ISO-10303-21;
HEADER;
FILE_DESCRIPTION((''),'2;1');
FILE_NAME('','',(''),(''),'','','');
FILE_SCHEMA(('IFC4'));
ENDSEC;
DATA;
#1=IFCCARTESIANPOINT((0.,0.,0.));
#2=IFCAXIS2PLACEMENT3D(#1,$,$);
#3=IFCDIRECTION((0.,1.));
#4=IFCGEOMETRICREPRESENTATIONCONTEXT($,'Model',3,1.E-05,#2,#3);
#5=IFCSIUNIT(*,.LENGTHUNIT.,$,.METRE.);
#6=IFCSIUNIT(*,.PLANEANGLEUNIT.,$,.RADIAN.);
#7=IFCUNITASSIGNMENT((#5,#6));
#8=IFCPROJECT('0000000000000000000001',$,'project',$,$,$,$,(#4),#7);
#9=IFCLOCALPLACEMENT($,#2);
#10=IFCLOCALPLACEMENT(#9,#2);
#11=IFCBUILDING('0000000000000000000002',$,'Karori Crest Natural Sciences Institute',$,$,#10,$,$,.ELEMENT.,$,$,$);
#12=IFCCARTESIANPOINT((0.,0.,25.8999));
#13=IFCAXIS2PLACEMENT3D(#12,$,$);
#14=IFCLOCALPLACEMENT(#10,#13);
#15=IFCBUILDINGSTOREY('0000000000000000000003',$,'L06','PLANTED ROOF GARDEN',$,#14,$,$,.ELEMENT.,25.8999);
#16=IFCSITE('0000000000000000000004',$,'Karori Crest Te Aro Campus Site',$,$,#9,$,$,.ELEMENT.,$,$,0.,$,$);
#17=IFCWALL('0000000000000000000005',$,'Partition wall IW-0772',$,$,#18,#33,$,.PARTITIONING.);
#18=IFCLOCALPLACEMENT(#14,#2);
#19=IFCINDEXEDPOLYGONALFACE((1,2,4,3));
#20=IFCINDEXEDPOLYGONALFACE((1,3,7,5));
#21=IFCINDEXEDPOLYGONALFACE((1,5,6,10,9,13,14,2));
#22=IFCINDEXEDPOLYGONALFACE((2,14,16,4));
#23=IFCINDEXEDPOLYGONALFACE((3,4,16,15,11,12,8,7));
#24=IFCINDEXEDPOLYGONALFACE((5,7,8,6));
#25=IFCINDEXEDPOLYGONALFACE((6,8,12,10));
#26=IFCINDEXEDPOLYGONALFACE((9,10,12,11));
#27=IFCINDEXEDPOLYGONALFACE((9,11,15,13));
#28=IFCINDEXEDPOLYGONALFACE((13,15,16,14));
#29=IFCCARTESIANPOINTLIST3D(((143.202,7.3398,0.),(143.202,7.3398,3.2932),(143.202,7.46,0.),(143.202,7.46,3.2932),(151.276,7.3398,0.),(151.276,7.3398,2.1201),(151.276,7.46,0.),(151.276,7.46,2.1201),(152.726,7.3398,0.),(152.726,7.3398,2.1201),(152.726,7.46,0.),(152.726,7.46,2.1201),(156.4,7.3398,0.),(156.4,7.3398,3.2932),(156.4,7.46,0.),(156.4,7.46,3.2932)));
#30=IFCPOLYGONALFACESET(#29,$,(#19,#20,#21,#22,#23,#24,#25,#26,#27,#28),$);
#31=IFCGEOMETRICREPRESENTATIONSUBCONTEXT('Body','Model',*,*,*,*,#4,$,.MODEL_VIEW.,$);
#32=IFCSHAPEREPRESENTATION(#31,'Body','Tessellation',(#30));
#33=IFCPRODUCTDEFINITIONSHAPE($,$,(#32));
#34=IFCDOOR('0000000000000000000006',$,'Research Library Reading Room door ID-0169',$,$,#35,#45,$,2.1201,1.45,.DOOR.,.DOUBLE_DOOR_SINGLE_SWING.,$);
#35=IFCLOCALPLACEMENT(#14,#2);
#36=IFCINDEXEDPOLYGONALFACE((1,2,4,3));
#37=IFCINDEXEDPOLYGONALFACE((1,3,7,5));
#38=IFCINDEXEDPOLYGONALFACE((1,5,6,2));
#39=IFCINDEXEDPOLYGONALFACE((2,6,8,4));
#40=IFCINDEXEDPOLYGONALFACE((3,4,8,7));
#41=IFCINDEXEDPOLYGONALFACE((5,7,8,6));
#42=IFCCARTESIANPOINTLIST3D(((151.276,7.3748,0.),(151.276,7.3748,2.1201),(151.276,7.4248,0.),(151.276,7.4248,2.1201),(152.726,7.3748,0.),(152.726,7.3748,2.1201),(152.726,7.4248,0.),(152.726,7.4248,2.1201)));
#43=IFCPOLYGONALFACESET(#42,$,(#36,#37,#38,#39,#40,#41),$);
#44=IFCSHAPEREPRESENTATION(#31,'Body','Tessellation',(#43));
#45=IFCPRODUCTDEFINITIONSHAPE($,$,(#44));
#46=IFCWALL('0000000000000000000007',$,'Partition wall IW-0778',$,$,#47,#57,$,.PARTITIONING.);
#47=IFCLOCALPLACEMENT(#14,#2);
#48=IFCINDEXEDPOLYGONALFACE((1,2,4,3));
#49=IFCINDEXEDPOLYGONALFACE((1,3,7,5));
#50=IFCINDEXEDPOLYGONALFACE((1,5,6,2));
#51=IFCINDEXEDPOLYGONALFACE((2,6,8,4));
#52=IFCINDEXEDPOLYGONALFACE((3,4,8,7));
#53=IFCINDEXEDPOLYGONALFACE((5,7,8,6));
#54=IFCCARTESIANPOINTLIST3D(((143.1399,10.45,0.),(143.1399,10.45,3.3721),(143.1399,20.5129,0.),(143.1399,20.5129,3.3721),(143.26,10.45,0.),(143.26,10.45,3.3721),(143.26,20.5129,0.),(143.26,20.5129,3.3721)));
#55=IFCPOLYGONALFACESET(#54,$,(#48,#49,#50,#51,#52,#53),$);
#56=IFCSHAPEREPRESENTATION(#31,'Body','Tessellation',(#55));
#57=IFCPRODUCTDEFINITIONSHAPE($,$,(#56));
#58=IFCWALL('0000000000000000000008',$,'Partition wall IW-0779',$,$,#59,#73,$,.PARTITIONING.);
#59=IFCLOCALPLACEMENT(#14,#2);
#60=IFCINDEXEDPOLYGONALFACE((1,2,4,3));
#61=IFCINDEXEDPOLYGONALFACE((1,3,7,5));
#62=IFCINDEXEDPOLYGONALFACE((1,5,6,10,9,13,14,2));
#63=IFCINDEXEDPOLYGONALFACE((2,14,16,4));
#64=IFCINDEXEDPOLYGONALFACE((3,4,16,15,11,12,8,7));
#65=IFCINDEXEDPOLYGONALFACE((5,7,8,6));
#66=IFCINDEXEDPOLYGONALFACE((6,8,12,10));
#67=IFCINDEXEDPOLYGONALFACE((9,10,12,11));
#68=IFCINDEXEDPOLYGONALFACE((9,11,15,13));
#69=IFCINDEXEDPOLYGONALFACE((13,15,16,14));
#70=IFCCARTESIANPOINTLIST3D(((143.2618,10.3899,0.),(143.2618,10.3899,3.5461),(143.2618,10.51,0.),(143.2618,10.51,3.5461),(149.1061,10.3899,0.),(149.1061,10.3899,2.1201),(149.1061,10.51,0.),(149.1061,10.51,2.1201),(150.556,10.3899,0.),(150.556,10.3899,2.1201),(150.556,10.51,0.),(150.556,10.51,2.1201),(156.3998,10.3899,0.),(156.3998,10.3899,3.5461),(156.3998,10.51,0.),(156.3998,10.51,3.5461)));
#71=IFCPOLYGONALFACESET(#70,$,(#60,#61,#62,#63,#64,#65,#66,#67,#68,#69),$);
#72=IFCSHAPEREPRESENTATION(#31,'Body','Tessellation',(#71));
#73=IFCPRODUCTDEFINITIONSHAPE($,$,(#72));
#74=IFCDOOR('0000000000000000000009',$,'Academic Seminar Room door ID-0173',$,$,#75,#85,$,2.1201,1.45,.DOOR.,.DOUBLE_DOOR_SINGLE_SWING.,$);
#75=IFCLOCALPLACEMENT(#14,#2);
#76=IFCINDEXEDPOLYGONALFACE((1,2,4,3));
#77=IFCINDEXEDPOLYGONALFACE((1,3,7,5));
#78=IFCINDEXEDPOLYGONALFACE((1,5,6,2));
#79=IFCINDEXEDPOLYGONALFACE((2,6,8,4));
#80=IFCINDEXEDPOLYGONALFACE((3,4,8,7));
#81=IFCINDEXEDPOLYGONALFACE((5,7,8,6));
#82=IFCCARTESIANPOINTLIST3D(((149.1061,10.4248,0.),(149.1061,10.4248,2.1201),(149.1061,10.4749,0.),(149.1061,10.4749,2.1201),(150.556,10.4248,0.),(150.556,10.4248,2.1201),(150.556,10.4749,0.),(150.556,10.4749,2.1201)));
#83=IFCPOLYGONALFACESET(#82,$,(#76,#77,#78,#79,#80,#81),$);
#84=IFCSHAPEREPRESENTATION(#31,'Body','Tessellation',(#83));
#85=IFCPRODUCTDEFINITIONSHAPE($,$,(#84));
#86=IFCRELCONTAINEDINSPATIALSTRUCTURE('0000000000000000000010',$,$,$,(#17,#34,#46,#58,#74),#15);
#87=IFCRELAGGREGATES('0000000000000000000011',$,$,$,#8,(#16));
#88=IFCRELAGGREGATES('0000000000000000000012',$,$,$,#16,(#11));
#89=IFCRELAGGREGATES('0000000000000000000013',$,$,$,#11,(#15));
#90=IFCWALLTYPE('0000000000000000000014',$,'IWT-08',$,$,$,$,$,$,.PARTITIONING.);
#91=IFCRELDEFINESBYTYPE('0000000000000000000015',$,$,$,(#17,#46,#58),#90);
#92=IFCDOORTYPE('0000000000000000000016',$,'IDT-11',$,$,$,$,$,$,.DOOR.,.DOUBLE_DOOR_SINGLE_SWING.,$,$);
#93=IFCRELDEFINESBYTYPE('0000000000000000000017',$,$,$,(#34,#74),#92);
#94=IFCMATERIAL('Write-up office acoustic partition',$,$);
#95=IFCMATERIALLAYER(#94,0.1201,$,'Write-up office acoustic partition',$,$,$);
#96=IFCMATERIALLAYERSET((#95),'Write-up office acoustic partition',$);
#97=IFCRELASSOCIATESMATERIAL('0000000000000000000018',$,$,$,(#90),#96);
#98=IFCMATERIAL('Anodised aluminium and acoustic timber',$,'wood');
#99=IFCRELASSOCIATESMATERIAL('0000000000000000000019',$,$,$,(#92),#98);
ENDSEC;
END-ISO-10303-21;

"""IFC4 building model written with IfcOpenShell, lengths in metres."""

from ifc_helpers import new_model, si_unit, direction, frame, frame_2d, origin, place, context, subcontext, project, spatial, rectangle, extrude, material, layer, layer_set, type_object, element, fill, save


model = new_model("IFC4")

# Units and contexts
model_context = context("Model", 3, precision=1e-05, world=origin(), true_north=direction((0.0, 1.0)))
body_context = subcontext(model_context, "Body", "Model", "MODEL_VIEW")
ifc_project = project(units=[si_unit("LENGTHUNIT", "METRE"), si_unit("PLANEANGLEUNIT", "RADIAN")], contexts=[model_context])

# Site, building, storey
site_placement = place(None, origin())
site = spatial("IfcSite", under=ifc_project, at=site_placement, Name="Karori Crest Te Aro Campus Site", CompositionType="ELEMENT", RefElevation=0.0)
building_placement = place(site_placement, origin())
building = spatial("IfcBuilding", under=site, at=building_placement, Name="Karori Crest Natural Sciences Institute", CompositionType="ELEMENT")
storey_placement = place(building_placement, frame((0.0, 0.0, 25.8999)))
storey = spatial("IfcBuildingStorey", under=building, at=storey_placement, Name="L06", Description="PLANTED ROOF GARDEN", CompositionType="ELEMENT", Elevation=25.8999)

# Shared definitions
ifc_material_1 = material(Name="Write-up office acoustic partition")
ifc_layer_1 = layer(ifc_material_1, 0.1201, Name="Write-up office acoustic partition")
ifc_layer_set_1 = layer_set([ifc_layer_1], Name="Write-up office acoustic partition")
wall_type_1 = type_object("IfcWallType", Name="IWT-08", PredefinedType="PARTITIONING", material=ifc_layer_set_1)
ifc_material_2 = material(Name="Anodised aluminium and acoustic timber", Category="wood")

# Wall, opening, door
wall_1_placement = place(storey_placement, frame((143.2019, 7.3999, 0.0), z_axis=(0.0, 0.0, 1.0), x_axis=(1.0, 0.0, 0.0)))
wall_1 = element("IfcWall", 1, at=wall_1_placement, inside=storey, type_object=wall_type_1, Name="Partition wall IW-0772", PredefinedType="PARTITIONING", context=body_context, shape_type="SweptSolid", body=[
    extrude(rectangle(XDim=13.198, YDim=0.1201, at=frame_2d((6.5991, 0.0))), origin(), (0.0, 0.0, 1.0), 3.2932),
])
opening_1_placement = place(wall_1_placement, frame((8.074, 0.0, 0.0)))
opening_1 = element("IfcOpeningElement", 2, at=opening_1_placement, cuts=wall_1, PredefinedType="OPENING", context=body_context, shape_type="SweptSolid", body=[
    extrude(rectangle(XDim=1.45, YDim=2.1201, at=frame_2d((0.7251, 1.0601))), frame((0.0, 0.0701, 0.0), z_axis=(0.0, -1.0, 0.0), x_axis=(1.0, 0.0, 0.0)), (0.0, 0.0, 1.0), 0.1401),
])
door_type_1 = type_object("IfcDoorType", Name="IDT-11", OperationType="DOUBLE_DOOR_SINGLE_SWING", PredefinedType="DOOR", material=ifc_material_2)
door_1_placement = place(opening_1_placement, origin())
door_1 = element("IfcDoor", 3, at=door_1_placement, inside=storey, type_object=door_type_1, Name="Research Library Reading Room door ID-0169", OperationType="DOUBLE_DOOR_SINGLE_SWING", OverallHeight=2.1201, OverallWidth=1.45, PredefinedType="DOOR", context=body_context, shape_type="SweptSolid", body=[
    extrude(rectangle(XDim=1.45, YDim=2.1201, at=frame_2d((0.7251, 1.0601))), frame((0.0, 0.0249, 0.0), z_axis=(0.0, -1.0, 0.0), x_axis=(1.0, 0.0, 0.0)), (0.0, 0.0, 1.0), 0.05),
])
fill(opening_1, door_1)

# Wall
wall_2_placement = place(storey_placement, frame((143.2, 10.45, 0.0), z_axis=(0.0, 0.0, 1.0), x_axis=(0.0, 1.0, 0.0)))
element("IfcWall", 4, at=wall_2_placement, inside=storey, type_object=wall_type_1, Name="Partition wall IW-0778", PredefinedType="PARTITIONING", context=body_context, shape_type="SweptSolid", body=[
    extrude(rectangle(XDim=10.063, YDim=0.1201, at=frame_2d((5.0315, 0.0))), origin(), (0.0, 0.0, 1.0), 3.3721),
])

# Wall, opening, door
wall_3_placement = place(storey_placement, frame((143.262, 10.45, 0.0), z_axis=(0.0, 0.0, 1.0), x_axis=(1.0, 0.0, 0.0)))
wall_3 = element("IfcWall", 5, at=wall_3_placement, inside=storey, type_object=wall_type_1, Name="Partition wall IW-0779", PredefinedType="PARTITIONING", context=body_context, shape_type="SweptSolid", body=[
    extrude(rectangle(XDim=13.1379, YDim=0.1201, at=frame_2d((6.5688, 0.0))), origin(), (0.0, 0.0, 1.0), 3.5461),
])
opening_2_placement = place(wall_3_placement, frame((5.844, 0.0, 0.0)))
opening_2 = element("IfcOpeningElement", 6, at=opening_2_placement, cuts=wall_3, PredefinedType="OPENING", context=body_context, shape_type="SweptSolid", body=[
    extrude(rectangle(XDim=1.45, YDim=2.1201, at=frame_2d((0.7251, 1.0601))), frame((0.0, 0.0701, 0.0), z_axis=(0.0, -1.0, 0.0), x_axis=(1.0, 0.0, 0.0)), (0.0, 0.0, 1.0), 0.1401),
])
door_2_placement = place(opening_2_placement, origin())
door_2 = element("IfcDoor", 7, at=door_2_placement, inside=storey, type_object=door_type_1, Name="Academic Seminar Room door ID-0173", OperationType="DOUBLE_DOOR_SINGLE_SWING", OverallHeight=2.1201, OverallWidth=1.45, PredefinedType="DOOR", context=body_context, shape_type="SweptSolid", body=[
    extrude(rectangle(XDim=1.45, YDim=2.1201, at=frame_2d((0.7251, 1.0601))), frame((0.0, 0.0249, 0.0), z_axis=(0.0, -1.0, 0.0), x_axis=(1.0, 0.0, 0.0)), (0.0, 0.0, 1.0), 0.05),
])
fill(opening_2, door_2)

save(model, "model.ifc")
